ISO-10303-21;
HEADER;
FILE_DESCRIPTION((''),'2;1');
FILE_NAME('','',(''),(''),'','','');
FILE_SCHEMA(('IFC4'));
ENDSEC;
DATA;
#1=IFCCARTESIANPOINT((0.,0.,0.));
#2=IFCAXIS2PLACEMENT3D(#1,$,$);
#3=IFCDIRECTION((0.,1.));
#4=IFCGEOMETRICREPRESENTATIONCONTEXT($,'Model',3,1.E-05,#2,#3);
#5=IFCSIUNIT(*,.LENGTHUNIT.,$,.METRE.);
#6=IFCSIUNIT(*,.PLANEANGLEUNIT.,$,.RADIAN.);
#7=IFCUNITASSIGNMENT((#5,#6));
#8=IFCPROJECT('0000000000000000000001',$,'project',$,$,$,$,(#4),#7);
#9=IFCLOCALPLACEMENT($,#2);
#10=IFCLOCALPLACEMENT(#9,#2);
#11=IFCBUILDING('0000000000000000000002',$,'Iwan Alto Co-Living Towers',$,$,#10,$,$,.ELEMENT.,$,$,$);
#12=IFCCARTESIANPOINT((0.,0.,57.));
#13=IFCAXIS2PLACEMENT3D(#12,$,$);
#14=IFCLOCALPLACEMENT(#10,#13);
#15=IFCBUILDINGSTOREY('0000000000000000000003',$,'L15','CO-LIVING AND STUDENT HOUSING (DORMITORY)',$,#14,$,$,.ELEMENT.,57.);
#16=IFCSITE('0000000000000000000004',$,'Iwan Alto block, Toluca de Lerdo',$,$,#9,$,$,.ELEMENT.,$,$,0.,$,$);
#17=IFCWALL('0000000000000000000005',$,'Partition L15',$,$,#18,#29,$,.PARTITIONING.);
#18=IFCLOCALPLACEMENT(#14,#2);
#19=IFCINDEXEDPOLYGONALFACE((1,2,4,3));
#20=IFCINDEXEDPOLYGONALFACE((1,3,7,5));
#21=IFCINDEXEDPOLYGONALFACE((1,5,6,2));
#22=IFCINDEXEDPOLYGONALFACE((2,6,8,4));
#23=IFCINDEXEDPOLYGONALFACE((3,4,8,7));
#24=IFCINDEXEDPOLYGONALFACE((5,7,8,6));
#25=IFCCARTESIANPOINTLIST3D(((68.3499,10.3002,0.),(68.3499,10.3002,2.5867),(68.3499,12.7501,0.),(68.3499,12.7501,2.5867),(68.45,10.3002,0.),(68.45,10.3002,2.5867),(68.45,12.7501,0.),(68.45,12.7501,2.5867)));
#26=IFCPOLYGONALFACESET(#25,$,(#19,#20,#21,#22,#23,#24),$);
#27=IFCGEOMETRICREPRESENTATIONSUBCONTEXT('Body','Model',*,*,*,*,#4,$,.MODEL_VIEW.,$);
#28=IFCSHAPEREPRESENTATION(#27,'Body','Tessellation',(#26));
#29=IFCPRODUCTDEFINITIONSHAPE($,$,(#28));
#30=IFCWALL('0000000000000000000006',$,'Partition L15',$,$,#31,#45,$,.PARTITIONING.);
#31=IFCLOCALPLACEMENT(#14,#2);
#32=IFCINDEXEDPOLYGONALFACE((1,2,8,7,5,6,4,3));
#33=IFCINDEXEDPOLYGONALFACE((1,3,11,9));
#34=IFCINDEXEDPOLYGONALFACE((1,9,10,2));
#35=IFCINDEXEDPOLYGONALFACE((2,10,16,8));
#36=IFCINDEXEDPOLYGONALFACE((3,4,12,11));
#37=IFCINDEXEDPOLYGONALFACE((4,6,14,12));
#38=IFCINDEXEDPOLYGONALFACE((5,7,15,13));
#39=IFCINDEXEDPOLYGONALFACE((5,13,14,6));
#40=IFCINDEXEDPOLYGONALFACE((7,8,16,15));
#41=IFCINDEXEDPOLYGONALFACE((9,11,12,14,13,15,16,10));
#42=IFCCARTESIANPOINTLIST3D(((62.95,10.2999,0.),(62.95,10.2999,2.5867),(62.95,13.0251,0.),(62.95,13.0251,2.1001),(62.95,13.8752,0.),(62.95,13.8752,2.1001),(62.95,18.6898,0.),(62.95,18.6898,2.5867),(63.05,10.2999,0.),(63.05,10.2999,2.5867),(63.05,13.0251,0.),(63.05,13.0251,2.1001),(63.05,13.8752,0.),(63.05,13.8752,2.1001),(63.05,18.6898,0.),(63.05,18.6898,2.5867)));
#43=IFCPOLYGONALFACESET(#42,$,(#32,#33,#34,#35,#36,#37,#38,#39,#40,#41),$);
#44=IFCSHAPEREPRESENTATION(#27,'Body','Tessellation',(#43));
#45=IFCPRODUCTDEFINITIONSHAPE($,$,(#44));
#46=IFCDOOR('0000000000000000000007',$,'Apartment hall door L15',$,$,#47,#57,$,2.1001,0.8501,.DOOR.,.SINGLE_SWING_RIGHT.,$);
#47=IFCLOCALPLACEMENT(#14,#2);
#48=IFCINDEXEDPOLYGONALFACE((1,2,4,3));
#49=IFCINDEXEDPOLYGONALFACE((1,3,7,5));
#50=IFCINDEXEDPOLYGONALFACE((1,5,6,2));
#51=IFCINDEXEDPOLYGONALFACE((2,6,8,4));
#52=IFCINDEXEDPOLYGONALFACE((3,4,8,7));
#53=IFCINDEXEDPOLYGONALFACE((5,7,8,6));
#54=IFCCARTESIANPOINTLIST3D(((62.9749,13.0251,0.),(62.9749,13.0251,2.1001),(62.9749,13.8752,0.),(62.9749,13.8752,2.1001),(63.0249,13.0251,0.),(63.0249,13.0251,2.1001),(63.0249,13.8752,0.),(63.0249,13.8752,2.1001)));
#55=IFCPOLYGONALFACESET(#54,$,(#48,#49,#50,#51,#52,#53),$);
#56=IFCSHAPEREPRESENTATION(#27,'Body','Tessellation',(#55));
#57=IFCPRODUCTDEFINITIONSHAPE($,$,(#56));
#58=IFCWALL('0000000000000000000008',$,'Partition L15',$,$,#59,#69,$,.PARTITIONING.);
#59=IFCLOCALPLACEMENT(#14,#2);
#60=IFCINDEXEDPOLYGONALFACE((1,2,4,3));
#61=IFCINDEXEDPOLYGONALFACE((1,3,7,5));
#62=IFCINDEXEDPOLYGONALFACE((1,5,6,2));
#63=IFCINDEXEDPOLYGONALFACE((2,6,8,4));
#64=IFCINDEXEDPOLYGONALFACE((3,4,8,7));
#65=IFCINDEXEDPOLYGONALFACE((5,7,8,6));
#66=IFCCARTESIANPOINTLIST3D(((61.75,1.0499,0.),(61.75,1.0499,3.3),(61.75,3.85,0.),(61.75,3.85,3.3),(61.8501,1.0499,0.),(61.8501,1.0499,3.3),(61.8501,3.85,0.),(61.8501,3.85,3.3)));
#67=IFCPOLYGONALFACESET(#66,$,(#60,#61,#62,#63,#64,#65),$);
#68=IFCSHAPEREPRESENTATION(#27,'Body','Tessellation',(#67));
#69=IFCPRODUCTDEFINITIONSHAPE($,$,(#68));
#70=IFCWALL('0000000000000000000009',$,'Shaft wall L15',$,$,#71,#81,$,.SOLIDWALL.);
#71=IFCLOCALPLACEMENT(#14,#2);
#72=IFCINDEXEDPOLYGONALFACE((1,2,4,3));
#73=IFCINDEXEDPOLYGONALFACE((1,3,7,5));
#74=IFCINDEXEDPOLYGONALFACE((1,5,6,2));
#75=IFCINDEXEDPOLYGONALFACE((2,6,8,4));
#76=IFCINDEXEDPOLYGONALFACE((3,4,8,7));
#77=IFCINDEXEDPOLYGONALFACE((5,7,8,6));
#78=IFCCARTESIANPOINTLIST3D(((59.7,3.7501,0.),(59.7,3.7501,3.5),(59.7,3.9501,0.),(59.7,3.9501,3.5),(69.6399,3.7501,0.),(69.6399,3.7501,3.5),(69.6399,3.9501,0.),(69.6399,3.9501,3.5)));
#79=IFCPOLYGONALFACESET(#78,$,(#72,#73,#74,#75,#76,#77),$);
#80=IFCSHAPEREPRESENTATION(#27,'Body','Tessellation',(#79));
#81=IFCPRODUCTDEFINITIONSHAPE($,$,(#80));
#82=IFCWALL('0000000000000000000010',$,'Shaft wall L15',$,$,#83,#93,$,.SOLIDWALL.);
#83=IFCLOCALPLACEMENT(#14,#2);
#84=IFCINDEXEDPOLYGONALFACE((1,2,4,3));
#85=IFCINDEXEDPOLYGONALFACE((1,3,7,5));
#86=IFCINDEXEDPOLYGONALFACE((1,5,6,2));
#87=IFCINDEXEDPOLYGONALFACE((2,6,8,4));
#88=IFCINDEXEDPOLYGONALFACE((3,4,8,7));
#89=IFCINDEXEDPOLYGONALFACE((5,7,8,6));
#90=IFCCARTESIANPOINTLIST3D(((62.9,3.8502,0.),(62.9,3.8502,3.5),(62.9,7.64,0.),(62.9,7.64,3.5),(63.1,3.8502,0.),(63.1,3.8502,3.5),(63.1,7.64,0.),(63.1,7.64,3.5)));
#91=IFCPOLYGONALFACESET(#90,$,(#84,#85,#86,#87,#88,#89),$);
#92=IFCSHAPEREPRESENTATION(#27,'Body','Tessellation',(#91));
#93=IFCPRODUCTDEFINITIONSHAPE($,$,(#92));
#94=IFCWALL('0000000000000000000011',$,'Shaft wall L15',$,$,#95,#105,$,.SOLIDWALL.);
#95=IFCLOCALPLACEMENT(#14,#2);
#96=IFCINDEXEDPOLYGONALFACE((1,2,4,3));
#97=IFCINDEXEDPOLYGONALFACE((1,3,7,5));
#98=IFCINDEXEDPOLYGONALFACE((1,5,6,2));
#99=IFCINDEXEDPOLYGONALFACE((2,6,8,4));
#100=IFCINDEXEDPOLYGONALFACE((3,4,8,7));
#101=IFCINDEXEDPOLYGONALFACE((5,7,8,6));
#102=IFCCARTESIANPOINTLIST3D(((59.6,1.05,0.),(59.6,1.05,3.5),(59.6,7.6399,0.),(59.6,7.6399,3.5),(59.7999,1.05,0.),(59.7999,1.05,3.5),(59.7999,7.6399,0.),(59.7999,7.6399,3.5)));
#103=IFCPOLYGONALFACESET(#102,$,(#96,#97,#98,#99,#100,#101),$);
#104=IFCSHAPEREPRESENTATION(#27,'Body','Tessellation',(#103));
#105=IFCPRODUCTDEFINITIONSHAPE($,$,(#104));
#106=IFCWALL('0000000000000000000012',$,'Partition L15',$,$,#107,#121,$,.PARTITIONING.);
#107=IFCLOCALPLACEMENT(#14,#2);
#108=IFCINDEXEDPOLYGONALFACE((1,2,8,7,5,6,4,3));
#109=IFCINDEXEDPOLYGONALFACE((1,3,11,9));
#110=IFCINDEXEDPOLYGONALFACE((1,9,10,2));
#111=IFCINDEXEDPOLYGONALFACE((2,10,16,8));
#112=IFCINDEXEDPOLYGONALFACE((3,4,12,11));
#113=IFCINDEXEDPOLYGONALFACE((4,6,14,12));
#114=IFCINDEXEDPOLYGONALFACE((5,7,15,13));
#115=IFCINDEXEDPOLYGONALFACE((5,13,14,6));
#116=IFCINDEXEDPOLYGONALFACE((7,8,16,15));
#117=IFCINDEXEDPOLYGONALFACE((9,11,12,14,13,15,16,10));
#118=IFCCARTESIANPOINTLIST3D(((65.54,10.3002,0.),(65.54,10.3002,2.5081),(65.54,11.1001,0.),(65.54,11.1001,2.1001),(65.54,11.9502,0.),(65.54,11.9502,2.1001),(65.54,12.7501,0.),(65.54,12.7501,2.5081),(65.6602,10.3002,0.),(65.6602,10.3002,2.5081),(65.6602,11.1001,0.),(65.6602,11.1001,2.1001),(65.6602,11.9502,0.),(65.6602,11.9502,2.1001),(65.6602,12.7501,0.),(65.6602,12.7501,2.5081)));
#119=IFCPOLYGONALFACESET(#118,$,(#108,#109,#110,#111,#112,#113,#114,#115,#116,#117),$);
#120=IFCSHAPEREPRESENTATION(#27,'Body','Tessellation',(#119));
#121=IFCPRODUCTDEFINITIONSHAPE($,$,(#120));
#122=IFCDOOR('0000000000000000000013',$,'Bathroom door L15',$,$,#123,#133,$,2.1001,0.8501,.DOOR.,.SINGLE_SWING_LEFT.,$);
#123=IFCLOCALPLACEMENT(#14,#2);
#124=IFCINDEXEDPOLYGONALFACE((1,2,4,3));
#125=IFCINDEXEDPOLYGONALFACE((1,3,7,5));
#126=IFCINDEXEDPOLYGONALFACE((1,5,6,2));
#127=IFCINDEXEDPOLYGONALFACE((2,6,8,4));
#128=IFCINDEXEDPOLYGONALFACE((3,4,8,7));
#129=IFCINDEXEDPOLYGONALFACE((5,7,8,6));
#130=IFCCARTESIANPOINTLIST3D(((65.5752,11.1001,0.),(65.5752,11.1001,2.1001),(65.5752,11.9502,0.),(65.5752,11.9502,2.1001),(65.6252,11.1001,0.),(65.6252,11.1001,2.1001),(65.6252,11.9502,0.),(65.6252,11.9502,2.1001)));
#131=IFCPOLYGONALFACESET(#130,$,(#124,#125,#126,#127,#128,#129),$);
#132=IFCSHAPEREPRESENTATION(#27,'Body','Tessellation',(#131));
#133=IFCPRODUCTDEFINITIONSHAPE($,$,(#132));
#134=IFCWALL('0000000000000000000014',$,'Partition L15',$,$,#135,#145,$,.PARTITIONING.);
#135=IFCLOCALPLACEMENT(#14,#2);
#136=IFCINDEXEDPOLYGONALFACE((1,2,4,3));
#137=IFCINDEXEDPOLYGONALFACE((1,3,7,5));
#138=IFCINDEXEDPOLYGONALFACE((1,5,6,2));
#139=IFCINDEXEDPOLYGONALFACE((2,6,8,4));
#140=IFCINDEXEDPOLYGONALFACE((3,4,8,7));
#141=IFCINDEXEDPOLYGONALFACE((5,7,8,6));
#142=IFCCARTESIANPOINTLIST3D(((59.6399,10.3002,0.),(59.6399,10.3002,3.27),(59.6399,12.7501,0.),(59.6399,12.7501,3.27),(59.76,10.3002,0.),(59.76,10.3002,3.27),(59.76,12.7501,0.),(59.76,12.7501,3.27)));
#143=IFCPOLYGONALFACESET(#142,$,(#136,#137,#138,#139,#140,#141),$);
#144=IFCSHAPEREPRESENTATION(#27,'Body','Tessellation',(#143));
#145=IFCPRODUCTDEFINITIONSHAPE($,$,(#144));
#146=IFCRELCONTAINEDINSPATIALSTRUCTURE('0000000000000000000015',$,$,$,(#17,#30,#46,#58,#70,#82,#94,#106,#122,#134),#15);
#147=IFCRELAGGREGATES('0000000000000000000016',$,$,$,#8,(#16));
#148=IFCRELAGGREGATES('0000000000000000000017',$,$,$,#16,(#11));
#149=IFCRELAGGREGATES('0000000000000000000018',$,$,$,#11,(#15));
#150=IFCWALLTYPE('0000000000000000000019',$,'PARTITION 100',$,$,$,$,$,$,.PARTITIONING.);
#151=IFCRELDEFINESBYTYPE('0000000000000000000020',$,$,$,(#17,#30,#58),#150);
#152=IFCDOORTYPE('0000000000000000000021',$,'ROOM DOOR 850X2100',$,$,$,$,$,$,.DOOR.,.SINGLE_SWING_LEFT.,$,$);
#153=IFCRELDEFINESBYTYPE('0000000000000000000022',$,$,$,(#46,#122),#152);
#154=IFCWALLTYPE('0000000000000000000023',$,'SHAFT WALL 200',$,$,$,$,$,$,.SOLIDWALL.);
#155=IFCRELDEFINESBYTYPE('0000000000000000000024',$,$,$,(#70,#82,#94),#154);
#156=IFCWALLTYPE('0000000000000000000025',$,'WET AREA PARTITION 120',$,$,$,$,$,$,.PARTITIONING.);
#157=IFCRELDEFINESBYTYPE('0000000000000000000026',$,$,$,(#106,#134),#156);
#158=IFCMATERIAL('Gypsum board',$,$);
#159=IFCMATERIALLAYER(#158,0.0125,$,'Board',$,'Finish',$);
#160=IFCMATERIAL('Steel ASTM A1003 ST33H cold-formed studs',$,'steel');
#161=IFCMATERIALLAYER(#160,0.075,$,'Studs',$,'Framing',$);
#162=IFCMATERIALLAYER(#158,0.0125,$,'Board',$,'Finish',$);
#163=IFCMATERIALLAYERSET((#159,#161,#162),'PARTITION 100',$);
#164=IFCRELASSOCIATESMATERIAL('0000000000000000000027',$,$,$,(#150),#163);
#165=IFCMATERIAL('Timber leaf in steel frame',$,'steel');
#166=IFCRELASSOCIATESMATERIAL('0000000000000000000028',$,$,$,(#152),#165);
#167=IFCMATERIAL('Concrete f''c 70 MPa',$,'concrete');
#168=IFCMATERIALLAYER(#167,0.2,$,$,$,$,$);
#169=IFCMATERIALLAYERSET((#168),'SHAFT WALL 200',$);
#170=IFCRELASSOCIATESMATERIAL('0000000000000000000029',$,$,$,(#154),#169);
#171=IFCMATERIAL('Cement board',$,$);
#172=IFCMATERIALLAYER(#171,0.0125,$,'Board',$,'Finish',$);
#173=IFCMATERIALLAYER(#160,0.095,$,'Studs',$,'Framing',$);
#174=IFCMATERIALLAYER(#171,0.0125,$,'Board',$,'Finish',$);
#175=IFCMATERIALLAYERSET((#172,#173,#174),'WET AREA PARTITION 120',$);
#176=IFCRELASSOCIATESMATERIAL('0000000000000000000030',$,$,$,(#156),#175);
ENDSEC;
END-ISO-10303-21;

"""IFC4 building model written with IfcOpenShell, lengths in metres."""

from ifc_helpers import new_model, si_unit, direction, frame, frame_2d, origin, place, context, subcontext, project, spatial, rectangle, extrude, material, layer, layer_set, type_object, element, fill, save


model = new_model("IFC4")

# Units and contexts
model_context = context("Model", 3, precision=1e-05, world=origin(), true_north=direction((0.0, 1.0)))
body_context = subcontext(model_context, "Body", "Model", "MODEL_VIEW")
ifc_project = project(units=[si_unit("LENGTHUNIT", "METRE"), si_unit("PLANEANGLEUNIT", "RADIAN")], contexts=[model_context])

# Site, building, storey
site_placement = place(None, origin())
site = spatial("IfcSite", under=ifc_project, at=site_placement, Name="Iwan Alto block, Toluca de Lerdo", CompositionType="ELEMENT", RefElevation=0.0)
building_placement = place(site_placement, origin())
building = spatial("IfcBuilding", under=site, at=building_placement, Name="Iwan Alto Co-Living Towers", CompositionType="ELEMENT")
storey_placement = place(building_placement, frame((0.0, 0.0, 57.0)))
storey = spatial("IfcBuildingStorey", under=building, at=storey_placement, Name="L15", Description="CO-LIVING AND STUDENT HOUSING (DORMITORY)", CompositionType="ELEMENT", Elevation=57.0)

# Wall
ifc_material_1 = material(Name="Gypsum board")
ifc_layer_1 = layer(ifc_material_1, 0.0125, Name="Board", Category="Finish")
ifc_material_2 = material(Name="Steel ASTM A1003 ST33H cold-formed studs", Category="steel")
ifc_layer_2 = layer(ifc_material_2, 0.075, Name="Studs", Category="Framing")
ifc_layer_3 = layer(ifc_material_1, 0.0125, Name="Board", Category="Finish")
ifc_layer_set_1 = layer_set([ifc_layer_1, ifc_layer_2, ifc_layer_3], Name="PARTITION 100")
wall_type_1 = type_object("IfcWallType", Name="PARTITION 100", PredefinedType="PARTITIONING", material=ifc_layer_set_1)
wall_1_placement = place(storey_placement, frame((68.3999, 10.3, 0.0), z_axis=(0.0, 0.0, 1.0), x_axis=(0.0, 1.0, 0.0)))
element("IfcWall", 1, at=wall_1_placement, inside=storey, type_object=wall_type_1, Name="Partition L15", PredefinedType="PARTITIONING", context=body_context, shape_type="SweptSolid", body=[
    extrude(rectangle(XDim=2.45, YDim=0.1001, at=frame_2d((1.2251, 0.0))), origin(), (0.0, 0.0, 1.0), 2.5867),
])

# Wall, opening, door
wall_2_placement = place(storey_placement, frame((63.0, 10.3, 0.0), z_axis=(0.0, 0.0, 1.0), x_axis=(0.0, 1.0, 0.0)))
wall_2 = element("IfcWall", 2, at=wall_2_placement, inside=storey, type_object=wall_type_1, Name="Partition L15", PredefinedType="PARTITIONING", context=body_context, shape_type="SweptSolid", body=[
    extrude(rectangle(XDim=8.3899, YDim=0.1001, at=frame_2d((4.1948, 0.0))), origin(), (0.0, 0.0, 1.0), 2.5867),
])
opening_1_placement = place(wall_2_placement, frame((2.7251, 0.0, 0.0)))
opening_1 = element("IfcOpeningElement", 3, at=opening_1_placement, cuts=wall_2, PredefinedType="OPENING", context=body_context, shape_type="SweptSolid", body=[
    extrude(rectangle(XDim=0.8501, YDim=2.1001, at=frame_2d((0.425, 1.05))), frame((0.0, 0.0601, 0.0), z_axis=(0.0, -1.0, 0.0), x_axis=(1.0, 0.0, 0.0)), (0.0, 0.0, 1.0), 0.1201),
])
ifc_material_3 = material(Name="Timber leaf in steel frame", Category="steel")
door_type = type_object("IfcDoorType", Name="ROOM DOOR 850X2100", OperationType="SINGLE_SWING_LEFT", PredefinedType="DOOR", material=ifc_material_3)
door_1_placement = place(opening_1_placement, frame((0.8501, 0.0, 0.0), z_axis=(0.0, 0.0, 1.0), x_axis=(-1.0, 0.0, 0.0)))
door_1 = element("IfcDoor", 4, at=door_1_placement, inside=storey, type_object=door_type, Name="Apartment hall door L15", OperationType="SINGLE_SWING_RIGHT", OverallHeight=2.1001, OverallWidth=0.8501, PredefinedType="DOOR", context=body_context, shape_type="SweptSolid", body=[
    extrude(rectangle(XDim=0.8501, YDim=2.1001, at=frame_2d((0.425, 1.05))), frame((0.0, 0.0249, 0.0), z_axis=(0.0, -1.0, 0.0), x_axis=(1.0, 0.0, 0.0)), (0.0, 0.0, 1.0), 0.05),
])
fill(opening_1, door_1)

# Walls
wall_3_placement = place(storey_placement, frame((61.8, 1.05, 0.0), z_axis=(0.0, 0.0, 1.0), x_axis=(0.0, 1.0, 0.0)))
element("IfcWall", 5, at=wall_3_placement, inside=storey, type_object=wall_type_1, Name="Partition L15", PredefinedType="PARTITIONING", context=body_context, shape_type="SweptSolid", body=[
    extrude(rectangle(XDim=2.8, YDim=0.1001, at=frame_2d((1.3999, 0.0))), origin(), (0.0, 0.0, 1.0), 3.3),
])
ifc_material_4 = material(Name="Concrete f'c 70 MPa", Category="concrete")
ifc_layer_4 = layer(ifc_material_4, 0.2)
ifc_layer_set_2 = layer_set([ifc_layer_4], Name="SHAFT WALL 200")
wall_type_2 = type_object("IfcWallType", Name="SHAFT WALL 200", PredefinedType="SOLIDWALL", material=ifc_layer_set_2)
wall_4_placement = place(storey_placement, frame((59.7, 3.8501, 0.0), z_axis=(0.0, 0.0, 1.0), x_axis=(1.0, 0.0, 0.0)))
element("IfcWall", 6, at=wall_4_placement, inside=storey, type_object=wall_type_2, Name="Shaft wall L15", PredefinedType="SOLIDWALL", context=body_context, shape_type="SweptSolid", body=[
    extrude(rectangle(XDim=9.9399, YDim=0.2, at=frame_2d((4.97, 0.0))), origin(), (0.0, 0.0, 1.0), 3.5),
])
wall_5_placement = place(storey_placement, frame((63.0, 3.8501, 0.0), z_axis=(0.0, 0.0, 1.0), x_axis=(0.0, 1.0, 0.0)))
element("IfcWall", 7, at=wall_5_placement, inside=storey, type_object=wall_type_2, Name="Shaft wall L15", PredefinedType="SOLIDWALL", context=body_context, shape_type="SweptSolid", body=[
    extrude(rectangle(XDim=3.7898, YDim=0.2, at=frame_2d((1.895, 0.0))), origin(), (0.0, 0.0, 1.0), 3.5),
])
wall_6_placement = place(storey_placement, frame((59.7, 1.05, 0.0), z_axis=(0.0, 0.0, 1.0), x_axis=(0.0, 1.0, 0.0)))
element("IfcWall", 8, at=wall_6_placement, inside=storey, type_object=wall_type_2, Name="Shaft wall L15", PredefinedType="SOLIDWALL", context=body_context, shape_type="SweptSolid", body=[
    extrude(rectangle(XDim=6.5898, YDim=0.2, at=frame_2d((3.2949, 0.0))), origin(), (0.0, 0.0, 1.0), 3.5),
])

# Wall, opening, door
ifc_material_5 = material(Name="Cement board")
ifc_layer_5 = layer(ifc_material_5, 0.0125, Name="Board", Category="Finish")
ifc_layer_6 = layer(ifc_material_2, 0.095, Name="Studs", Category="Framing")
ifc_layer_7 = layer(ifc_material_5, 0.0125, Name="Board", Category="Finish")
ifc_layer_set_3 = layer_set([ifc_layer_5, ifc_layer_6, ifc_layer_7], Name="WET AREA PARTITION 120")
wall_type_3 = type_object("IfcWallType", Name="WET AREA PARTITION 120", PredefinedType="PARTITIONING", material=ifc_layer_set_3)
wall_7_placement = place(storey_placement, frame((65.6001, 10.3, 0.0), z_axis=(0.0, 0.0, 1.0), x_axis=(0.0, 1.0, 0.0)))
wall_7 = element("IfcWall", 9, at=wall_7_placement, inside=storey, type_object=wall_type_3, Name="Partition L15", PredefinedType="PARTITIONING", context=body_context, shape_type="SweptSolid", body=[
    extrude(rectangle(XDim=2.45, YDim=0.1201, at=frame_2d((1.2251, 0.0))), origin(), (0.0, 0.0, 1.0), 2.5081),
])
opening_2_placement = place(wall_7_placement, frame((0.8, 0.0, 0.0)))
opening_2 = element("IfcOpeningElement", 10, at=opening_2_placement, cuts=wall_7, PredefinedType="OPENING", context=body_context, shape_type="SweptSolid", body=[
    extrude(rectangle(XDim=0.8501, YDim=2.1001, at=frame_2d((0.425, 1.05))), frame((0.0, 0.0701, 0.0), z_axis=(0.0, -1.0, 0.0), x_axis=(1.0, 0.0, 0.0)), (0.0, 0.0, 1.0), 0.1401),
])
door_2_placement = place(opening_2_placement, origin())
door_2 = element("IfcDoor", 11, at=door_2_placement, inside=storey, type_object=door_type, Name="Bathroom door L15", OperationType="SINGLE_SWING_LEFT", OverallHeight=2.1001, OverallWidth=0.8501, PredefinedType="DOOR", context=body_context, shape_type="SweptSolid", body=[
    extrude(rectangle(XDim=0.8501, YDim=2.1001, at=frame_2d((0.425, 1.05))), frame((0.0, 0.0249, 0.0), z_axis=(0.0, -1.0, 0.0), x_axis=(1.0, 0.0, 0.0)), (0.0, 0.0, 1.0), 0.05),
])
fill(opening_2, door_2)

# Wall
wall_8_placement = place(storey_placement, frame((59.7, 10.3, 0.0), z_axis=(0.0, 0.0, 1.0), x_axis=(0.0, 1.0, 0.0)))
element("IfcWall", 12, at=wall_8_placement, inside=storey, type_object=wall_type_3, Name="Partition L15", PredefinedType="PARTITIONING", context=body_context, shape_type="SweptSolid", body=[
    extrude(rectangle(XDim=2.45, YDim=0.1201, at=frame_2d((1.2251, 0.0))), origin(), (0.0, 0.0, 1.0), 3.27),
])

save(model, "model.ifc")
